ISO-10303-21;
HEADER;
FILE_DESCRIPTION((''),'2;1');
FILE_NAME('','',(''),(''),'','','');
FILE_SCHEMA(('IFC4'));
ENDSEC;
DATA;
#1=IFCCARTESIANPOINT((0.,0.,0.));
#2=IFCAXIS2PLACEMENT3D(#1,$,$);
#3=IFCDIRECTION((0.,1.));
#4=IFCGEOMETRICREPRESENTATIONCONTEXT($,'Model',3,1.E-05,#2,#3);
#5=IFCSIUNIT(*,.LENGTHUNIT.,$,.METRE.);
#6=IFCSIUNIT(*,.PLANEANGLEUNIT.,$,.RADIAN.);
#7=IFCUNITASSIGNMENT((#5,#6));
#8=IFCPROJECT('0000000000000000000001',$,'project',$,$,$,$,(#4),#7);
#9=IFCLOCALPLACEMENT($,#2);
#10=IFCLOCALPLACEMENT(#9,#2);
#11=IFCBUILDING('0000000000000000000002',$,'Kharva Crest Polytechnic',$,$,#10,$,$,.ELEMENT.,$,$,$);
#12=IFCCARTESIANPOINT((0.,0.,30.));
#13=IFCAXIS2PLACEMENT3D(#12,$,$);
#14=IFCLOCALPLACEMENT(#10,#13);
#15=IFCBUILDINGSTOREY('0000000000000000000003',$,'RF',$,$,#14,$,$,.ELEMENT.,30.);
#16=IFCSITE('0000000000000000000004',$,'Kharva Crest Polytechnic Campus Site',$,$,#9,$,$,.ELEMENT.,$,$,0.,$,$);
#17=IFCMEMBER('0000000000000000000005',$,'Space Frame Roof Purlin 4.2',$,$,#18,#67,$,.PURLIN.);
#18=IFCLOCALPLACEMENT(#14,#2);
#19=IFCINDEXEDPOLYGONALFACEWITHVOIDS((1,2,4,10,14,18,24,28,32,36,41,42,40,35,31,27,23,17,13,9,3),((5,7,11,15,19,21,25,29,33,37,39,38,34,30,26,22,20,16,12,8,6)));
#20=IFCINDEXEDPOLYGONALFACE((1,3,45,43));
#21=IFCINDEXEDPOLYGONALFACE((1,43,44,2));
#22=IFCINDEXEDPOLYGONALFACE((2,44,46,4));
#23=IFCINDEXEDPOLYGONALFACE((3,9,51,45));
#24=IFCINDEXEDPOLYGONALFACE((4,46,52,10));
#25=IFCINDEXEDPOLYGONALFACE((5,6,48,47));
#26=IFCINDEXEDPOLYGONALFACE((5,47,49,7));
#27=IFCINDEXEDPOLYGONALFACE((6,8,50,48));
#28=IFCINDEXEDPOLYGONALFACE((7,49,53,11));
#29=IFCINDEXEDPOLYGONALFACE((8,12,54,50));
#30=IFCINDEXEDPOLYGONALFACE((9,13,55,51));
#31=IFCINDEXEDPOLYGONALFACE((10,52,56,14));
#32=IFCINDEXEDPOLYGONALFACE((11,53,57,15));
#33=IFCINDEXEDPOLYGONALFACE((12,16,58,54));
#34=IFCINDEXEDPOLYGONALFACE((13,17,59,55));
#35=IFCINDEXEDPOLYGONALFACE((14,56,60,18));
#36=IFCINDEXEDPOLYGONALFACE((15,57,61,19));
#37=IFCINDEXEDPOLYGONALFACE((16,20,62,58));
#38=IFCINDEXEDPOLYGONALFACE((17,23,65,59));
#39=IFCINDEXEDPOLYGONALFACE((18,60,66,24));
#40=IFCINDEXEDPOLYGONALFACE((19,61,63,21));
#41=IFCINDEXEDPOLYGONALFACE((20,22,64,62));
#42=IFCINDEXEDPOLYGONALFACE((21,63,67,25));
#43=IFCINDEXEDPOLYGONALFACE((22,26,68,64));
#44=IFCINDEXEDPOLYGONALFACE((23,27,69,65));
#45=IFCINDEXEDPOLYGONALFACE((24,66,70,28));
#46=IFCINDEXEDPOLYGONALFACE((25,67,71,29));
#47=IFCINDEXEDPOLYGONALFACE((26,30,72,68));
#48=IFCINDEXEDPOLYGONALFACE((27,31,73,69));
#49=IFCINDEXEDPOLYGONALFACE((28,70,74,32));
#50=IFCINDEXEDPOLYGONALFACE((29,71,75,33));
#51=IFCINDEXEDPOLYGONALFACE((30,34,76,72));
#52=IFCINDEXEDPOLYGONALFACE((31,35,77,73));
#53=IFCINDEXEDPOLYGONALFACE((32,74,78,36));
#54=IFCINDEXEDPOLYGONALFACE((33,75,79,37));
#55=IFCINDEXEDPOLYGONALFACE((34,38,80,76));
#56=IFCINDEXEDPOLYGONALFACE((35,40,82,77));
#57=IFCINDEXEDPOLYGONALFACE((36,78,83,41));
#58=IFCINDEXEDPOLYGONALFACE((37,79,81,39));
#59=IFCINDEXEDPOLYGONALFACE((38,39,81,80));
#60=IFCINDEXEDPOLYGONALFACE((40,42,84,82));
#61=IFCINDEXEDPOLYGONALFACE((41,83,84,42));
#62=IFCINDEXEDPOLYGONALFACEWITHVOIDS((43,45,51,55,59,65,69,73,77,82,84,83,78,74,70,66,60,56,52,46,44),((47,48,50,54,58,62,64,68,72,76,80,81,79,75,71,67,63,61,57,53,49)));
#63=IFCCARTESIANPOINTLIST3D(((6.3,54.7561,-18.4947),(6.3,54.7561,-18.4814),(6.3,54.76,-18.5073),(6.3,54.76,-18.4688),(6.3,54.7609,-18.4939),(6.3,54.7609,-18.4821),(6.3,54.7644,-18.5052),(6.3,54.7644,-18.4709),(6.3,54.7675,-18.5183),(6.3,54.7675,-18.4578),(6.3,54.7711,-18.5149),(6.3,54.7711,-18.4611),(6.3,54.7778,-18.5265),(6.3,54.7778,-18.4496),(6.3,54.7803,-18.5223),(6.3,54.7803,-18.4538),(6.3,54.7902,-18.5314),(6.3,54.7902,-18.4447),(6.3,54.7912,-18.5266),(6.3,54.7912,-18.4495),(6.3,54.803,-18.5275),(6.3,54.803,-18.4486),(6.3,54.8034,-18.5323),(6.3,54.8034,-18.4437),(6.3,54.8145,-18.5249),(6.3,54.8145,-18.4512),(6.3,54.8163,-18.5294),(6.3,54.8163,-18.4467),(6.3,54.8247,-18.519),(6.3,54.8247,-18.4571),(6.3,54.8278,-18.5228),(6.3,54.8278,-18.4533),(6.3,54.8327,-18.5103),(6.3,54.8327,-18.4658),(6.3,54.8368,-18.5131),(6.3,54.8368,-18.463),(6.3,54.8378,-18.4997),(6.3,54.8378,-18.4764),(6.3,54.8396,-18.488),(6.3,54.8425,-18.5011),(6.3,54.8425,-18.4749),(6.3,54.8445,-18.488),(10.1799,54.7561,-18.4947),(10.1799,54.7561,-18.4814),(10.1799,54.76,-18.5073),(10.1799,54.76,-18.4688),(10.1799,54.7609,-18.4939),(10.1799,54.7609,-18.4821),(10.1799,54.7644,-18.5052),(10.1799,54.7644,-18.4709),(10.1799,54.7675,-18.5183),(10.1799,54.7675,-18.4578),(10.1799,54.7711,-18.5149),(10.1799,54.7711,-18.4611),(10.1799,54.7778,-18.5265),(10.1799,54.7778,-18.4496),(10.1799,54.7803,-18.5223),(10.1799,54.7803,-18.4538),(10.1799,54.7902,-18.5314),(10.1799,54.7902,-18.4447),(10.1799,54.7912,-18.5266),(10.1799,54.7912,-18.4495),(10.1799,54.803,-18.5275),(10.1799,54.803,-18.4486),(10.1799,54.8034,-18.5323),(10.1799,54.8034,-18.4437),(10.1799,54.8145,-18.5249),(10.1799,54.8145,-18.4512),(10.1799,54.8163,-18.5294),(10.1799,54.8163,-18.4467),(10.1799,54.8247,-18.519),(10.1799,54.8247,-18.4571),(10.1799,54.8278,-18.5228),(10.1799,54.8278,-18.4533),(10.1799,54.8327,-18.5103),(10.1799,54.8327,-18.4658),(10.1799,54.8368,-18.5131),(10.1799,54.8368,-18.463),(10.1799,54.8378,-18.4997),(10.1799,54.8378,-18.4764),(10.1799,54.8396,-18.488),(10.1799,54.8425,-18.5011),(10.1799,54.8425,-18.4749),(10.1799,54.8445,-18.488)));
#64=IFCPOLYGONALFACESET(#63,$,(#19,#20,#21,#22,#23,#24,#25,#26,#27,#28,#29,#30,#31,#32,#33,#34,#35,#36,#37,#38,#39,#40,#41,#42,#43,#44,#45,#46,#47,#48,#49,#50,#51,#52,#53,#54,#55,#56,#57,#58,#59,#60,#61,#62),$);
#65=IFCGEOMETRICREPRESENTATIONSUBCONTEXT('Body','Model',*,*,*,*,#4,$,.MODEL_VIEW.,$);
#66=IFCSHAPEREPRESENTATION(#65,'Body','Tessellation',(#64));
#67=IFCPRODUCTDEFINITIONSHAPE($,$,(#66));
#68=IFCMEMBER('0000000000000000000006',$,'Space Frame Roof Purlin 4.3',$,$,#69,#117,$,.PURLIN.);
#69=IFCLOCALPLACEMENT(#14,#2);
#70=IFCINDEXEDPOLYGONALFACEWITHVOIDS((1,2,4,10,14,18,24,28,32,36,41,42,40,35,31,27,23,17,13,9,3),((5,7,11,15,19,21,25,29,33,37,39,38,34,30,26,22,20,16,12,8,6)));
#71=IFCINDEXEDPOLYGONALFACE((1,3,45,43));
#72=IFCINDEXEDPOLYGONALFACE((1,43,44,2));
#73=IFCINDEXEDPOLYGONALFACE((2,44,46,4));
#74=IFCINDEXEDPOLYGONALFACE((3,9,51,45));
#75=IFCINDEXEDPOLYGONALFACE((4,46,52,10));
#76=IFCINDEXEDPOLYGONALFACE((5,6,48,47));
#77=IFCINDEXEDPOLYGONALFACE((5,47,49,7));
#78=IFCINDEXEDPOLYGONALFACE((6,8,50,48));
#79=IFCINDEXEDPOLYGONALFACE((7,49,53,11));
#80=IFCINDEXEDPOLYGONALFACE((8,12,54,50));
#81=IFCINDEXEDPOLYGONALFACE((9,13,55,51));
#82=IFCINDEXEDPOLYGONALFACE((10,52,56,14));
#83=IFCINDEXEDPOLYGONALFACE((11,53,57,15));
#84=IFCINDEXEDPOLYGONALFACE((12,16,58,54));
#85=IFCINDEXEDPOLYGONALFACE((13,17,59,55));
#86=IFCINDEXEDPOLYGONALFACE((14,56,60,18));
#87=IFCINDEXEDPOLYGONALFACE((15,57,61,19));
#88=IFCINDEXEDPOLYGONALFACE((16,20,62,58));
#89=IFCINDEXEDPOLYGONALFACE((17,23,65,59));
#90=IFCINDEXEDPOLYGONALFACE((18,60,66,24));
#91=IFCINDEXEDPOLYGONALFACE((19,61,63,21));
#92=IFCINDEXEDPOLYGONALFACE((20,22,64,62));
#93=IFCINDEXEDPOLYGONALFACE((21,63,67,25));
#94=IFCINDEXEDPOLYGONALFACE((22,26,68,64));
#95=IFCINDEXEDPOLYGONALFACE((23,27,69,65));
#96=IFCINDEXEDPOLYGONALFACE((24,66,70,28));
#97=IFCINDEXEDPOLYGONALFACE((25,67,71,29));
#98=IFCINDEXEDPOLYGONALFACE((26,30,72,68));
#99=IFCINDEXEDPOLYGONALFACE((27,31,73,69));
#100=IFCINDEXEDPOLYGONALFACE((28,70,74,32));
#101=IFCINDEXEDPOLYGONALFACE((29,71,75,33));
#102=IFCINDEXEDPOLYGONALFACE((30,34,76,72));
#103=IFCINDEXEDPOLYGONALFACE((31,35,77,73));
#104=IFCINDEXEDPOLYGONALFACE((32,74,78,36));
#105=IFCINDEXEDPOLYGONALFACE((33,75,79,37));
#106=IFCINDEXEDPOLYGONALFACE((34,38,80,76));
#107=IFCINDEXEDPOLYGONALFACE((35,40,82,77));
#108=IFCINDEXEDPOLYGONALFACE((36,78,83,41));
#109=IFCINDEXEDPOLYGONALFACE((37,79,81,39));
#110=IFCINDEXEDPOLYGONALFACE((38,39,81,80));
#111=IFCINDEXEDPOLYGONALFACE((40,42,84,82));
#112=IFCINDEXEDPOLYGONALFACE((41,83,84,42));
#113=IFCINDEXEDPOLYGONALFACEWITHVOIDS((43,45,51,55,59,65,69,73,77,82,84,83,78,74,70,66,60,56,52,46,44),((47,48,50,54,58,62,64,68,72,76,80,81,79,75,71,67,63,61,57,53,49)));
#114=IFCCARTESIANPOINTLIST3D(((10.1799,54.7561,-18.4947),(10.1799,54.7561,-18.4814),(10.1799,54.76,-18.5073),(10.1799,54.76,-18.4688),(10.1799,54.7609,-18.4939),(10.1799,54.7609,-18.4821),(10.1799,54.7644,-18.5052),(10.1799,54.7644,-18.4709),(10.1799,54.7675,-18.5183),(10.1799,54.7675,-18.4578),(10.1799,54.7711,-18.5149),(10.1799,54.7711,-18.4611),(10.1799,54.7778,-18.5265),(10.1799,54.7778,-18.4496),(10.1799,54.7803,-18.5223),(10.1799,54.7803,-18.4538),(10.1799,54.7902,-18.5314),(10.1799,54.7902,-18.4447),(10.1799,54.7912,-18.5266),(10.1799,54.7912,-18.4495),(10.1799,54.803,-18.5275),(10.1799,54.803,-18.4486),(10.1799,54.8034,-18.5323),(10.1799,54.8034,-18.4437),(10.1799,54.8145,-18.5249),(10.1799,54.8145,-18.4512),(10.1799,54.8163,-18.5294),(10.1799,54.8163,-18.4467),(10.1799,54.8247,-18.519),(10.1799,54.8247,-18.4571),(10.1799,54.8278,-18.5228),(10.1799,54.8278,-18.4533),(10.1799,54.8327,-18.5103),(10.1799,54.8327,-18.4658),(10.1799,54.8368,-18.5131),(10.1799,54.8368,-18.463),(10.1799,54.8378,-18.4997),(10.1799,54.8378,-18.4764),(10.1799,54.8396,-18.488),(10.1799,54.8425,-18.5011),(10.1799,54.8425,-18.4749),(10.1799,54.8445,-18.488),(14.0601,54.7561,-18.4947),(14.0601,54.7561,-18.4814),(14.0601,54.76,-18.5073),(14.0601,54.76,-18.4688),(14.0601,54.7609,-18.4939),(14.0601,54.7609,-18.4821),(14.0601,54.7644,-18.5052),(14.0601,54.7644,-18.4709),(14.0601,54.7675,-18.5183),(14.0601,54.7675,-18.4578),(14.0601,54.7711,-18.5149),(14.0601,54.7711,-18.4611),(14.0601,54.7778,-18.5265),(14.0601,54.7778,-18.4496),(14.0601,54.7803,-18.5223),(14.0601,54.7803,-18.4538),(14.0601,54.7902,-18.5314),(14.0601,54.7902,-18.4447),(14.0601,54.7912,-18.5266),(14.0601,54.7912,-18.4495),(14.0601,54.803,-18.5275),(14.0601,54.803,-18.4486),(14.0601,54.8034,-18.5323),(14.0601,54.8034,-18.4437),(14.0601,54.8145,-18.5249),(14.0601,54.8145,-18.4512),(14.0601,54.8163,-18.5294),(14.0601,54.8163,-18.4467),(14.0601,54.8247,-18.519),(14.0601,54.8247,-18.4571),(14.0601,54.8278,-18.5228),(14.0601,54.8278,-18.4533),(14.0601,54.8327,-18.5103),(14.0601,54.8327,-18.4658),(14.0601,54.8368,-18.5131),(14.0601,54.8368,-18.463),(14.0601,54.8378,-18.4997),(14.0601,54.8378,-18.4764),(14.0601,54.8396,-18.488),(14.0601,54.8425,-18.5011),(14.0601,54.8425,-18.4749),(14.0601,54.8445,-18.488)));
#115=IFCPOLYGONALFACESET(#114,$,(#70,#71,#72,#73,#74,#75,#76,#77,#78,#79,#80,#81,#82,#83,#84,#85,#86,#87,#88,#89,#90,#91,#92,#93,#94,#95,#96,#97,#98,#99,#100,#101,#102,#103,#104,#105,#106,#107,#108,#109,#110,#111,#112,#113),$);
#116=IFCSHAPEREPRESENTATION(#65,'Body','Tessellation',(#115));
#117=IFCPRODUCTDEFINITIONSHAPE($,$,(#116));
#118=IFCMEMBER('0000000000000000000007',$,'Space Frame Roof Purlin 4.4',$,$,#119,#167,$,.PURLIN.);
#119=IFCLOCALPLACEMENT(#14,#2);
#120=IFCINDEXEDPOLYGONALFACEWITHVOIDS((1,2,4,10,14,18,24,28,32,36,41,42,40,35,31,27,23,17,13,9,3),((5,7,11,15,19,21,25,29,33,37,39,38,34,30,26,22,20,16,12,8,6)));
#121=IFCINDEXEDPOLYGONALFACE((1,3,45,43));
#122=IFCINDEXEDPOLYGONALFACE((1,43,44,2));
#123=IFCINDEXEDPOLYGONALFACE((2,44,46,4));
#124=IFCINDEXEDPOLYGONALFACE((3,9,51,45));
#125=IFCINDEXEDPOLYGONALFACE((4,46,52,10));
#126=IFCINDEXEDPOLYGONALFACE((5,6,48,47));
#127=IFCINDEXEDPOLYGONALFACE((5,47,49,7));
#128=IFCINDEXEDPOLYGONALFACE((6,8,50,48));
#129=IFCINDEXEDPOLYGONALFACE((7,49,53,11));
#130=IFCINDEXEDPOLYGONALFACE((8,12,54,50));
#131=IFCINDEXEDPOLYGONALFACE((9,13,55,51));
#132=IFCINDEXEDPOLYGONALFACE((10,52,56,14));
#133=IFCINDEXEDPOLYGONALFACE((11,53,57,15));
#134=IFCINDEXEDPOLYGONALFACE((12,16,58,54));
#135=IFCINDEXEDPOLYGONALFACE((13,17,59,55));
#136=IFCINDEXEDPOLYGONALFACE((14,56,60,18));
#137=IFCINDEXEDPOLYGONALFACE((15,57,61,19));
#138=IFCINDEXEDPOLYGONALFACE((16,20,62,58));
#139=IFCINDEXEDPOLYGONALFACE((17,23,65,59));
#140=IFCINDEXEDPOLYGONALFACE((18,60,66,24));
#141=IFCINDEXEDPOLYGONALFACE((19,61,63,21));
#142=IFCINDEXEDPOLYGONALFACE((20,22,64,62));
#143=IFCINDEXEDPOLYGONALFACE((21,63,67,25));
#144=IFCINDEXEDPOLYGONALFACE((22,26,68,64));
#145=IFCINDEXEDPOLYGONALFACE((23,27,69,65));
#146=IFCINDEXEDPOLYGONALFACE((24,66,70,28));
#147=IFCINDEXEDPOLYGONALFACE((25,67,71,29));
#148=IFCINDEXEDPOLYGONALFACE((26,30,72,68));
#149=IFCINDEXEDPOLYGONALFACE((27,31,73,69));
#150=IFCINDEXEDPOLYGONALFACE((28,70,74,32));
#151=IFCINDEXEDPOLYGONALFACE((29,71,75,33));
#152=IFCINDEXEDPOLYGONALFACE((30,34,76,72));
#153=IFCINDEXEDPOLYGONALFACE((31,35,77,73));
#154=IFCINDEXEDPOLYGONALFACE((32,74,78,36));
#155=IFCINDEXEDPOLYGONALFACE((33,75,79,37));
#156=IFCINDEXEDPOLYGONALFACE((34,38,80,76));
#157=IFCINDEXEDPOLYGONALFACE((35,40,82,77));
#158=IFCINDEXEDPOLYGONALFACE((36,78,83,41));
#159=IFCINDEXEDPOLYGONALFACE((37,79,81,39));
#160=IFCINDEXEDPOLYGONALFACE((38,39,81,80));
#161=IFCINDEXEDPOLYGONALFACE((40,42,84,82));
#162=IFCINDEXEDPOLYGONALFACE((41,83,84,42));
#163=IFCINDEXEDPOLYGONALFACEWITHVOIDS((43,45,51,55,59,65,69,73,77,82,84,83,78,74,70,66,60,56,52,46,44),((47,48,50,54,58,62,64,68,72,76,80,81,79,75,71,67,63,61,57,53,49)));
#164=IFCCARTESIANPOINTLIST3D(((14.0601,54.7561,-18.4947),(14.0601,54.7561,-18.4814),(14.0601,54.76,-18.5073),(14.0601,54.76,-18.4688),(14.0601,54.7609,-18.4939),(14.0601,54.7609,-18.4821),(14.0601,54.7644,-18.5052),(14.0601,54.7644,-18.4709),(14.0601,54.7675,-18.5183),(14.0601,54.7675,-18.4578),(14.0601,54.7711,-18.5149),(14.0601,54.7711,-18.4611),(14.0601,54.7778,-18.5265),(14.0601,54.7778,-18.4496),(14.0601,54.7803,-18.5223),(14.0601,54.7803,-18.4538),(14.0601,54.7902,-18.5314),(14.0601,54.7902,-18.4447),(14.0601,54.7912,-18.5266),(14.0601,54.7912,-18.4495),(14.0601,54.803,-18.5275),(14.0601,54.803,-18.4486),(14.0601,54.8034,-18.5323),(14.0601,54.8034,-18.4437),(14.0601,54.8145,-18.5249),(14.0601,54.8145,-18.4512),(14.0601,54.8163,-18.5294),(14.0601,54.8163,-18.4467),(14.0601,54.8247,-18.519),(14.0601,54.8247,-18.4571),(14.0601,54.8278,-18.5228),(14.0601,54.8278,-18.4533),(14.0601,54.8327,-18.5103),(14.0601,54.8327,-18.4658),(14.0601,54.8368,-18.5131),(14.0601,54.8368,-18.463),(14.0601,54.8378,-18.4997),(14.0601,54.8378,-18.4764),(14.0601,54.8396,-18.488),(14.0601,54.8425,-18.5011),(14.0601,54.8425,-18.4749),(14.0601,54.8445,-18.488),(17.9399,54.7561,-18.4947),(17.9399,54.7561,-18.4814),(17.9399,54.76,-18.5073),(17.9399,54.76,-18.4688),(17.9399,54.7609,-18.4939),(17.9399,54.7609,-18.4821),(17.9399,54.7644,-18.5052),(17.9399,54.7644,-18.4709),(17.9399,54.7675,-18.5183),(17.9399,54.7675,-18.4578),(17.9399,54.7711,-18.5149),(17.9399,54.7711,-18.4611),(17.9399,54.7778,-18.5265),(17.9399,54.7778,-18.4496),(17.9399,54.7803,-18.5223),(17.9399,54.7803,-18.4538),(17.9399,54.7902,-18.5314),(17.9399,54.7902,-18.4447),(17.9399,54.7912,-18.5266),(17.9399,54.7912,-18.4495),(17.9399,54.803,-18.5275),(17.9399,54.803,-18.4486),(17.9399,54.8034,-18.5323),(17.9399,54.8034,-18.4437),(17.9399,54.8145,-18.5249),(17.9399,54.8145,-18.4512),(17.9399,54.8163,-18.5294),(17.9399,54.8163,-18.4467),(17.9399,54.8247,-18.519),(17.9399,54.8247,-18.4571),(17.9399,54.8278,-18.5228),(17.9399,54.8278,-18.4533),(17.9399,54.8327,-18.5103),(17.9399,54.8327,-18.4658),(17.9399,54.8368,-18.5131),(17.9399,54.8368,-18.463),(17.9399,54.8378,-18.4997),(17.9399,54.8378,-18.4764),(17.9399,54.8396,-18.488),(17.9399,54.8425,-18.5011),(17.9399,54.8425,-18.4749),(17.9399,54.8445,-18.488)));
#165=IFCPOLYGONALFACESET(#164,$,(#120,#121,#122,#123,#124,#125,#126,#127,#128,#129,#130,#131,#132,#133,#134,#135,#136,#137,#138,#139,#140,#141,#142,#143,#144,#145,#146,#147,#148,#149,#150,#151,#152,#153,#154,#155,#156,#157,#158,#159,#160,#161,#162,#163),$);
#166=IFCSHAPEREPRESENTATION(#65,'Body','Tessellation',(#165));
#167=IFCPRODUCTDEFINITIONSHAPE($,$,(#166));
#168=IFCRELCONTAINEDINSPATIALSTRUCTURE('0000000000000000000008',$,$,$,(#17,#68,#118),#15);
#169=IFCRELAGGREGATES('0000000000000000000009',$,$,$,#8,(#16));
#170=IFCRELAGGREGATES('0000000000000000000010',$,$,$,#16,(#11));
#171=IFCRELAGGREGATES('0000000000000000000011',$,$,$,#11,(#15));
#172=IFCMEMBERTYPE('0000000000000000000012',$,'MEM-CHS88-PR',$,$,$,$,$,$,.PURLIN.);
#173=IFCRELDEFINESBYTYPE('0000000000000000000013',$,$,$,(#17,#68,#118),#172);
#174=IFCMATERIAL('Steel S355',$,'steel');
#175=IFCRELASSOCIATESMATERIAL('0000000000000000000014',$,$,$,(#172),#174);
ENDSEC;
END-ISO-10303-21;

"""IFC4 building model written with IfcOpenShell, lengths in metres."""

from ifc_helpers import new_model, si_unit, direction, frame, origin, origin_2d, place, context, subcontext, project, spatial, hollow_circle, extrude, material, material_profile, profile_set, type_object, element, save


model = new_model("IFC4")

# Units and contexts
model_context = context("Model", 3, precision=1e-05, world=origin(), true_north=direction((0.0, 1.0)))
body_context = subcontext(model_context, "Body", "Model", "MODEL_VIEW")
ifc_project = project(units=[si_unit("LENGTHUNIT", "METRE"), si_unit("PLANEANGLEUNIT", "RADIAN")], contexts=[model_context])

# Site, building, storey
site_placement = place(None, origin())
site = spatial("IfcSite", under=ifc_project, at=site_placement, Name="Kharva Crest Polytechnic Campus Site", CompositionType="ELEMENT", RefElevation=0.0)
building_placement = place(site_placement, origin())
building = spatial("IfcBuilding", under=site, at=building_placement, Name="Kharva Crest Polytechnic", CompositionType="ELEMENT")
storey_placement = place(building_placement, frame((0.0, 0.0, 30.0)))
storey = spatial("IfcBuildingStorey", under=building, at=storey_placement, Name="RF", CompositionType="ELEMENT", Elevation=30.0)

# Members
ifc_material = material(Name="Steel S355", Category="steel")
ifc_material_profile = material_profile(ifc_material, hollow_circle(Radius=0.0444, WallThickness=0.0049, at=origin_2d()), Name="CHS 88.9X5.0")
ifc_profile_set = profile_set([ifc_material_profile], Name="Steel S355")
member_type = type_object("IfcMemberType", Name="MEM-CHS88-PR", PredefinedType="PURLIN", material=ifc_profile_set)
member_1_placement = place(storey_placement, frame((6.3, 54.8, -18.488), z_axis=(1.0, 0.0, 0.0), x_axis=(0.0, 1.0, 0.0)))
element("IfcMember", 1, at=member_1_placement, inside=storey, type_object=member_type, Name="Space Frame Roof Purlin 4.2", PredefinedType="PURLIN", context=body_context, shape_type="SweptSolid", body=[
    extrude(hollow_circle(Radius=0.0444, WallThickness=0.0049, at=origin_2d()), origin(), (0.0, 0.0, 1.0), 3.8799),
])
member_2_placement = place(storey_placement, frame((10.1799, 54.8, -18.488), z_axis=(1.0, 0.0, 0.0), x_axis=(0.0, 1.0, 0.0)))
element("IfcMember", 2, at=member_2_placement, inside=storey, type_object=member_type, Name="Space Frame Roof Purlin 4.3", PredefinedType="PURLIN", context=body_context, shape_type="SweptSolid", body=[
    extrude(hollow_circle(Radius=0.0444, WallThickness=0.0049, at=origin_2d()), origin(), (0.0, 0.0, 1.0), 3.8801),
])
member_3_placement = place(storey_placement, frame((14.0601, 54.8, -18.488), z_axis=(1.0, 0.0, 0.0), x_axis=(0.0, 1.0, 0.0)))
element("IfcMember", 3, at=member_3_placement, inside=storey, type_object=member_type, Name="Space Frame Roof Purlin 4.4", PredefinedType="PURLIN", context=body_context, shape_type="SweptSolid", body=[
    extrude(hollow_circle(Radius=0.0444, WallThickness=0.0049, at=origin_2d()), origin(), (0.0, 0.0, 1.0), 3.8799),
])

save(model, "model.ifc")
